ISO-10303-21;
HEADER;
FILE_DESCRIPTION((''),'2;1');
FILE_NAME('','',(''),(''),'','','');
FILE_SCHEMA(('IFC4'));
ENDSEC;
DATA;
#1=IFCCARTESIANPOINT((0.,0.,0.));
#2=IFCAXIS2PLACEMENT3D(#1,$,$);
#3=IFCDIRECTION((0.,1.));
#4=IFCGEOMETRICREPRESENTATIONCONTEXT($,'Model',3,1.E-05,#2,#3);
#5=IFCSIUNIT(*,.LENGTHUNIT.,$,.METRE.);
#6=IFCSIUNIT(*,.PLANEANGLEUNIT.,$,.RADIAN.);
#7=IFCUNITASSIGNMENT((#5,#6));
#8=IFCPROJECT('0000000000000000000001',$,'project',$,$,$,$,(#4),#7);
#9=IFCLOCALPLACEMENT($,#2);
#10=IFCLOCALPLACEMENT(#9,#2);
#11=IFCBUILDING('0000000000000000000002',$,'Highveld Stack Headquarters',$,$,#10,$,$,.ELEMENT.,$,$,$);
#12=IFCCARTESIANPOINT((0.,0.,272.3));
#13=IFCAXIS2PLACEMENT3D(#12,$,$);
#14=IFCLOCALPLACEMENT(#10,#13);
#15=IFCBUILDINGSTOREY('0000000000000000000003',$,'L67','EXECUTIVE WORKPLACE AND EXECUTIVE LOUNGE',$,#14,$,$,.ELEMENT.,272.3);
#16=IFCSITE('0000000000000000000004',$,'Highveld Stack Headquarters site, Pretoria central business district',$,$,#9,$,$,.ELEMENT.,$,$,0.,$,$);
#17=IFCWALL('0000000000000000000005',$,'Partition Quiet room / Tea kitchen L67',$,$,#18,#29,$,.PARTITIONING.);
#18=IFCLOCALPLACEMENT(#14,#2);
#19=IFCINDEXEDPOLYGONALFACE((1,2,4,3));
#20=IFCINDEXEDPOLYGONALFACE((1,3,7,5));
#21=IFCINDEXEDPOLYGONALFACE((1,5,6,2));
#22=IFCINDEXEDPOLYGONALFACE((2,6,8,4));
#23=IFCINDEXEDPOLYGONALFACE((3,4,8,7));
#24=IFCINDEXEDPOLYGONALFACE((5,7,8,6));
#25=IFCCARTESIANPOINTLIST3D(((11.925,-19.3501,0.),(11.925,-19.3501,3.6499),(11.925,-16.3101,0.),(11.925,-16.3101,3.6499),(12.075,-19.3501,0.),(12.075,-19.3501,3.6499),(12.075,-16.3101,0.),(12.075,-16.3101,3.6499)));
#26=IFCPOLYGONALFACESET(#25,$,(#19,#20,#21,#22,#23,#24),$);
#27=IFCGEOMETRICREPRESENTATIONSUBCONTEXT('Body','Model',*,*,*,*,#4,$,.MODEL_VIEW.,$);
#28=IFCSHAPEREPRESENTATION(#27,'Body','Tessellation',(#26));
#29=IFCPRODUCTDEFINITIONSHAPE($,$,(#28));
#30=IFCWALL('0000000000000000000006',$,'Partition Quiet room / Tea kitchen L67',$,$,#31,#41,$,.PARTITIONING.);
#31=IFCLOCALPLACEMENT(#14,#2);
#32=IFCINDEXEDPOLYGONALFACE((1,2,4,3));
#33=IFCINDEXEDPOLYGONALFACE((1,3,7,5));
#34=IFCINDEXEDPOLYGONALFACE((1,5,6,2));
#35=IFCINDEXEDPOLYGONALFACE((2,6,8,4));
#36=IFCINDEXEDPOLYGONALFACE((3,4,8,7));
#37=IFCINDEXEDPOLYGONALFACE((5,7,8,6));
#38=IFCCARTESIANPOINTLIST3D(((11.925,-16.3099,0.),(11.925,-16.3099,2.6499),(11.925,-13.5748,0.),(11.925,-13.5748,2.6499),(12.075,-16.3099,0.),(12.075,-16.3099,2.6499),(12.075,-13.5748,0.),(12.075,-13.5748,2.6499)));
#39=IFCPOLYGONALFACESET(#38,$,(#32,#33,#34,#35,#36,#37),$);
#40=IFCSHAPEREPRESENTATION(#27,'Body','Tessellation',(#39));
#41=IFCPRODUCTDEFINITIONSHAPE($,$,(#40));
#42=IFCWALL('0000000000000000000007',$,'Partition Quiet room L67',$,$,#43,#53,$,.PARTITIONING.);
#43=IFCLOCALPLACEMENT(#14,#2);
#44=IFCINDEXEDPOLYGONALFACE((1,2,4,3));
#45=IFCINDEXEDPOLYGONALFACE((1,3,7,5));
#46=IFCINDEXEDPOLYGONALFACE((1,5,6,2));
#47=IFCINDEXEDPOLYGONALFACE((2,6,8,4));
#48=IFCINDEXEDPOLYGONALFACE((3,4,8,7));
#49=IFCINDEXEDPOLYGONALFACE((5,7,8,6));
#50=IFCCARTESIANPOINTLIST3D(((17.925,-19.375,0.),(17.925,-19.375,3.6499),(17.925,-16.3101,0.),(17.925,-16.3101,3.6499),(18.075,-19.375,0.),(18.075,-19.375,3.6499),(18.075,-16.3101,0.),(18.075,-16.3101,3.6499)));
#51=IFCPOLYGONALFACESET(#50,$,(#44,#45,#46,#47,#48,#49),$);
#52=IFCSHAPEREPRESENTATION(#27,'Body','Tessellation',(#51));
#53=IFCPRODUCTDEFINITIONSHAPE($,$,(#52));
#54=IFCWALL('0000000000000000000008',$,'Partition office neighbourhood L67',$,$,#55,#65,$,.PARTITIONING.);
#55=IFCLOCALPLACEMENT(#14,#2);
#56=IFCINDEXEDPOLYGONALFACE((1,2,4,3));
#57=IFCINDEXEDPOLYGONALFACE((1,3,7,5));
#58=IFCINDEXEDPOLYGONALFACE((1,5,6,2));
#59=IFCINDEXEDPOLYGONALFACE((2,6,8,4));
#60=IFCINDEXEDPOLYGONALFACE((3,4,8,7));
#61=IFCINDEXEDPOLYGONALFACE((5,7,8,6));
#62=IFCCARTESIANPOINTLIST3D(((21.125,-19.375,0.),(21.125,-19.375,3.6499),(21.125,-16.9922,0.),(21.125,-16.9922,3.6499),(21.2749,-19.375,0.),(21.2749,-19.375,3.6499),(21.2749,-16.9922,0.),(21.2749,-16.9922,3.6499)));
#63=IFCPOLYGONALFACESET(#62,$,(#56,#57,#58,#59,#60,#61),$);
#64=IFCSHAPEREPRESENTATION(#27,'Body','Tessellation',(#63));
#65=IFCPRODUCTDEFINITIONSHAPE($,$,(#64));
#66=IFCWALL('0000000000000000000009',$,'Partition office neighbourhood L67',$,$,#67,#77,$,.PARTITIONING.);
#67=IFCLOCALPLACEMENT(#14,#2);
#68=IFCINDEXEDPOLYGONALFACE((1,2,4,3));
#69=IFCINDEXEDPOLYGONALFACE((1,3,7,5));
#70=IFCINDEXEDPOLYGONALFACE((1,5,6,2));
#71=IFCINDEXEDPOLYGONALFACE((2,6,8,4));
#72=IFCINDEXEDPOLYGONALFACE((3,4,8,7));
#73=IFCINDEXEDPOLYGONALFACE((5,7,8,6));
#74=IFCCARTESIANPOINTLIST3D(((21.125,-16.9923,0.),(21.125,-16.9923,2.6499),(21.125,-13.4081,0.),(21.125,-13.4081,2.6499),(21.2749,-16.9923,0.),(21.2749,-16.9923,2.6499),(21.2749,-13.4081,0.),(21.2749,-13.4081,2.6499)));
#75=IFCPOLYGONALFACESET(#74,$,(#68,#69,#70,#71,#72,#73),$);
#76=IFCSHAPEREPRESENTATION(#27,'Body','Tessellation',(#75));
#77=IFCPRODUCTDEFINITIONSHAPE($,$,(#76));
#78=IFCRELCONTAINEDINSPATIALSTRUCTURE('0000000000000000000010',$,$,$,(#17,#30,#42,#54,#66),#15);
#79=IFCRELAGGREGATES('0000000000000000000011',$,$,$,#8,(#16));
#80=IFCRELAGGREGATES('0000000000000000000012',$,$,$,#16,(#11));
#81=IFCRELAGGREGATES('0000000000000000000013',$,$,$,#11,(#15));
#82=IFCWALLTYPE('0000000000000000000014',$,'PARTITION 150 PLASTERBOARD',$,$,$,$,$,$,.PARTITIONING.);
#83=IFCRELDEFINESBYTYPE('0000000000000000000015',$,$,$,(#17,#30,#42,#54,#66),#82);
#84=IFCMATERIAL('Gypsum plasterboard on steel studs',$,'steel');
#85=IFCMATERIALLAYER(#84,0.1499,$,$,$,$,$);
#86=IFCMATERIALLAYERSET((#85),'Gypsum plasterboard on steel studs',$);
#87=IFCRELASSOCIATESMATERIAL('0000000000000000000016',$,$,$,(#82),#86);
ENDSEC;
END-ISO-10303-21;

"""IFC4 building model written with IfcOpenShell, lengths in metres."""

from ifc_helpers import new_model, si_unit, direction, frame, frame_2d, origin, place, context, subcontext, project, spatial, rectangle, extrude, material, layer, layer_set, type_object, element, save


model = new_model("IFC4")

# Units and contexts
model_context = context("Model", 3, precision=1e-05, world=origin(), true_north=direction((0.0, 1.0)))
body_context = subcontext(model_context, "Body", "Model", "MODEL_VIEW")
ifc_project = project(units=[si_unit("LENGTHUNIT", "METRE"), si_unit("PLANEANGLEUNIT", "RADIAN")], contexts=[model_context])

# Site, building, storey
site_placement = place(None, origin())
site = spatial("IfcSite", under=ifc_project, at=site_placement, Name="Highveld Stack Headquarters site, Pretoria central business district", CompositionType="ELEMENT", RefElevation=0.0)
building_placement = place(site_placement, origin())
building = spatial("IfcBuilding", under=site, at=building_placement, Name="Highveld Stack Headquarters", CompositionType="ELEMENT")
storey_placement = place(building_placement, frame((0.0, 0.0, 272.3)))
storey = spatial("IfcBuildingStorey", under=building, at=storey_placement, Name="L67", Description="EXECUTIVE WORKPLACE AND EXECUTIVE LOUNGE", CompositionType="ELEMENT", Elevation=272.3)

# Walls
ifc_material_1 = material(Name="Gypsum plasterboard on steel studs", Category="steel")
ifc_layer_1 = layer(ifc_material_1, 0.1499)
ifc_layer_set_1 = layer_set([ifc_layer_1], Name="Gypsum plasterboard on steel studs")
wall_type = type_object("IfcWallType", Name="PARTITION 150 PLASTERBOARD", PredefinedType="PARTITIONING", material=ifc_layer_set_1)
wall_1_placement = place(storey_placement, frame((12.0, -19.3501, 0.0), z_axis=(0.0, 0.0, 1.0), x_axis=(0.0, 1.0, 0.0)))
element("IfcWall", 1, at=wall_1_placement, inside=storey, type_object=wall_type, Name="Partition Quiet room / Tea kitchen L67", PredefinedType="PARTITIONING", context=body_context, shape_type="SweptSolid", body=[
    extrude(rectangle(XDim=3.04, YDim=0.1499, at=frame_2d((1.52, 0.0))), origin(), (0.0, 0.0, 1.0), 3.6499),
])
wall_2_placement = place(storey_placement, frame((12.0, -16.3101, 0.0), z_axis=(0.0, 0.0, 1.0), x_axis=(0.0, 1.0, 0.0)))
element("IfcWall", 2, at=wall_2_placement, inside=storey, type_object=wall_type, Name="Partition Quiet room / Tea kitchen L67", PredefinedType="PARTITIONING", context=body_context, shape_type="SweptSolid", body=[
    extrude(rectangle(XDim=2.7351, YDim=0.1499, at=frame_2d((1.3677, 0.0))), origin(), (0.0, 0.0, 1.0), 2.6499),
])
wall_3_placement = place(storey_placement, frame((18.0, -19.375, 0.0), z_axis=(0.0, 0.0, 1.0), x_axis=(0.0, 1.0, 0.0)))
element("IfcWall", 3, at=wall_3_placement, inside=storey, type_object=wall_type, Name="Partition Quiet room L67", PredefinedType="PARTITIONING", context=body_context, shape_type="SweptSolid", body=[
    extrude(rectangle(XDim=3.0649, YDim=0.1499, at=frame_2d((1.5325, 0.0))), origin(), (0.0, 0.0, 1.0), 3.6499),
])

# Walls
wall_4_placement = place(storey_placement, frame((21.2, -19.375, 0.0), z_axis=(0.0, 0.0, 1.0), x_axis=(0.0, 1.0, 0.0)))
element("IfcWall", 4, at=wall_4_placement, inside=storey, type_object=wall_type, Name="Partition office neighbourhood L67", PredefinedType="PARTITIONING", context=body_context, shape_type="SweptSolid", body=[
    extrude(rectangle(XDim=2.3828, YDim=0.1499, at=frame_2d((1.1914, 0.0))), origin(), (0.0, 0.0, 1.0), 3.6499),
])
wall_5_placement = place(storey_placement, frame((21.2, -16.9922, 0.0), z_axis=(0.0, 0.0, 1.0), x_axis=(0.0, 1.0, 0.0)))
element("IfcWall", 5, at=wall_5_placement, inside=storey, type_object=wall_type, Name="Partition office neighbourhood L67", PredefinedType="PARTITIONING", context=body_context, shape_type="SweptSolid", body=[
    extrude(rectangle(XDim=3.5842, YDim=0.1499, at=frame_2d((1.792, 0.0))), origin(), (0.0, 0.0, 1.0), 2.6499),
])

save(model, "model.ifc")
